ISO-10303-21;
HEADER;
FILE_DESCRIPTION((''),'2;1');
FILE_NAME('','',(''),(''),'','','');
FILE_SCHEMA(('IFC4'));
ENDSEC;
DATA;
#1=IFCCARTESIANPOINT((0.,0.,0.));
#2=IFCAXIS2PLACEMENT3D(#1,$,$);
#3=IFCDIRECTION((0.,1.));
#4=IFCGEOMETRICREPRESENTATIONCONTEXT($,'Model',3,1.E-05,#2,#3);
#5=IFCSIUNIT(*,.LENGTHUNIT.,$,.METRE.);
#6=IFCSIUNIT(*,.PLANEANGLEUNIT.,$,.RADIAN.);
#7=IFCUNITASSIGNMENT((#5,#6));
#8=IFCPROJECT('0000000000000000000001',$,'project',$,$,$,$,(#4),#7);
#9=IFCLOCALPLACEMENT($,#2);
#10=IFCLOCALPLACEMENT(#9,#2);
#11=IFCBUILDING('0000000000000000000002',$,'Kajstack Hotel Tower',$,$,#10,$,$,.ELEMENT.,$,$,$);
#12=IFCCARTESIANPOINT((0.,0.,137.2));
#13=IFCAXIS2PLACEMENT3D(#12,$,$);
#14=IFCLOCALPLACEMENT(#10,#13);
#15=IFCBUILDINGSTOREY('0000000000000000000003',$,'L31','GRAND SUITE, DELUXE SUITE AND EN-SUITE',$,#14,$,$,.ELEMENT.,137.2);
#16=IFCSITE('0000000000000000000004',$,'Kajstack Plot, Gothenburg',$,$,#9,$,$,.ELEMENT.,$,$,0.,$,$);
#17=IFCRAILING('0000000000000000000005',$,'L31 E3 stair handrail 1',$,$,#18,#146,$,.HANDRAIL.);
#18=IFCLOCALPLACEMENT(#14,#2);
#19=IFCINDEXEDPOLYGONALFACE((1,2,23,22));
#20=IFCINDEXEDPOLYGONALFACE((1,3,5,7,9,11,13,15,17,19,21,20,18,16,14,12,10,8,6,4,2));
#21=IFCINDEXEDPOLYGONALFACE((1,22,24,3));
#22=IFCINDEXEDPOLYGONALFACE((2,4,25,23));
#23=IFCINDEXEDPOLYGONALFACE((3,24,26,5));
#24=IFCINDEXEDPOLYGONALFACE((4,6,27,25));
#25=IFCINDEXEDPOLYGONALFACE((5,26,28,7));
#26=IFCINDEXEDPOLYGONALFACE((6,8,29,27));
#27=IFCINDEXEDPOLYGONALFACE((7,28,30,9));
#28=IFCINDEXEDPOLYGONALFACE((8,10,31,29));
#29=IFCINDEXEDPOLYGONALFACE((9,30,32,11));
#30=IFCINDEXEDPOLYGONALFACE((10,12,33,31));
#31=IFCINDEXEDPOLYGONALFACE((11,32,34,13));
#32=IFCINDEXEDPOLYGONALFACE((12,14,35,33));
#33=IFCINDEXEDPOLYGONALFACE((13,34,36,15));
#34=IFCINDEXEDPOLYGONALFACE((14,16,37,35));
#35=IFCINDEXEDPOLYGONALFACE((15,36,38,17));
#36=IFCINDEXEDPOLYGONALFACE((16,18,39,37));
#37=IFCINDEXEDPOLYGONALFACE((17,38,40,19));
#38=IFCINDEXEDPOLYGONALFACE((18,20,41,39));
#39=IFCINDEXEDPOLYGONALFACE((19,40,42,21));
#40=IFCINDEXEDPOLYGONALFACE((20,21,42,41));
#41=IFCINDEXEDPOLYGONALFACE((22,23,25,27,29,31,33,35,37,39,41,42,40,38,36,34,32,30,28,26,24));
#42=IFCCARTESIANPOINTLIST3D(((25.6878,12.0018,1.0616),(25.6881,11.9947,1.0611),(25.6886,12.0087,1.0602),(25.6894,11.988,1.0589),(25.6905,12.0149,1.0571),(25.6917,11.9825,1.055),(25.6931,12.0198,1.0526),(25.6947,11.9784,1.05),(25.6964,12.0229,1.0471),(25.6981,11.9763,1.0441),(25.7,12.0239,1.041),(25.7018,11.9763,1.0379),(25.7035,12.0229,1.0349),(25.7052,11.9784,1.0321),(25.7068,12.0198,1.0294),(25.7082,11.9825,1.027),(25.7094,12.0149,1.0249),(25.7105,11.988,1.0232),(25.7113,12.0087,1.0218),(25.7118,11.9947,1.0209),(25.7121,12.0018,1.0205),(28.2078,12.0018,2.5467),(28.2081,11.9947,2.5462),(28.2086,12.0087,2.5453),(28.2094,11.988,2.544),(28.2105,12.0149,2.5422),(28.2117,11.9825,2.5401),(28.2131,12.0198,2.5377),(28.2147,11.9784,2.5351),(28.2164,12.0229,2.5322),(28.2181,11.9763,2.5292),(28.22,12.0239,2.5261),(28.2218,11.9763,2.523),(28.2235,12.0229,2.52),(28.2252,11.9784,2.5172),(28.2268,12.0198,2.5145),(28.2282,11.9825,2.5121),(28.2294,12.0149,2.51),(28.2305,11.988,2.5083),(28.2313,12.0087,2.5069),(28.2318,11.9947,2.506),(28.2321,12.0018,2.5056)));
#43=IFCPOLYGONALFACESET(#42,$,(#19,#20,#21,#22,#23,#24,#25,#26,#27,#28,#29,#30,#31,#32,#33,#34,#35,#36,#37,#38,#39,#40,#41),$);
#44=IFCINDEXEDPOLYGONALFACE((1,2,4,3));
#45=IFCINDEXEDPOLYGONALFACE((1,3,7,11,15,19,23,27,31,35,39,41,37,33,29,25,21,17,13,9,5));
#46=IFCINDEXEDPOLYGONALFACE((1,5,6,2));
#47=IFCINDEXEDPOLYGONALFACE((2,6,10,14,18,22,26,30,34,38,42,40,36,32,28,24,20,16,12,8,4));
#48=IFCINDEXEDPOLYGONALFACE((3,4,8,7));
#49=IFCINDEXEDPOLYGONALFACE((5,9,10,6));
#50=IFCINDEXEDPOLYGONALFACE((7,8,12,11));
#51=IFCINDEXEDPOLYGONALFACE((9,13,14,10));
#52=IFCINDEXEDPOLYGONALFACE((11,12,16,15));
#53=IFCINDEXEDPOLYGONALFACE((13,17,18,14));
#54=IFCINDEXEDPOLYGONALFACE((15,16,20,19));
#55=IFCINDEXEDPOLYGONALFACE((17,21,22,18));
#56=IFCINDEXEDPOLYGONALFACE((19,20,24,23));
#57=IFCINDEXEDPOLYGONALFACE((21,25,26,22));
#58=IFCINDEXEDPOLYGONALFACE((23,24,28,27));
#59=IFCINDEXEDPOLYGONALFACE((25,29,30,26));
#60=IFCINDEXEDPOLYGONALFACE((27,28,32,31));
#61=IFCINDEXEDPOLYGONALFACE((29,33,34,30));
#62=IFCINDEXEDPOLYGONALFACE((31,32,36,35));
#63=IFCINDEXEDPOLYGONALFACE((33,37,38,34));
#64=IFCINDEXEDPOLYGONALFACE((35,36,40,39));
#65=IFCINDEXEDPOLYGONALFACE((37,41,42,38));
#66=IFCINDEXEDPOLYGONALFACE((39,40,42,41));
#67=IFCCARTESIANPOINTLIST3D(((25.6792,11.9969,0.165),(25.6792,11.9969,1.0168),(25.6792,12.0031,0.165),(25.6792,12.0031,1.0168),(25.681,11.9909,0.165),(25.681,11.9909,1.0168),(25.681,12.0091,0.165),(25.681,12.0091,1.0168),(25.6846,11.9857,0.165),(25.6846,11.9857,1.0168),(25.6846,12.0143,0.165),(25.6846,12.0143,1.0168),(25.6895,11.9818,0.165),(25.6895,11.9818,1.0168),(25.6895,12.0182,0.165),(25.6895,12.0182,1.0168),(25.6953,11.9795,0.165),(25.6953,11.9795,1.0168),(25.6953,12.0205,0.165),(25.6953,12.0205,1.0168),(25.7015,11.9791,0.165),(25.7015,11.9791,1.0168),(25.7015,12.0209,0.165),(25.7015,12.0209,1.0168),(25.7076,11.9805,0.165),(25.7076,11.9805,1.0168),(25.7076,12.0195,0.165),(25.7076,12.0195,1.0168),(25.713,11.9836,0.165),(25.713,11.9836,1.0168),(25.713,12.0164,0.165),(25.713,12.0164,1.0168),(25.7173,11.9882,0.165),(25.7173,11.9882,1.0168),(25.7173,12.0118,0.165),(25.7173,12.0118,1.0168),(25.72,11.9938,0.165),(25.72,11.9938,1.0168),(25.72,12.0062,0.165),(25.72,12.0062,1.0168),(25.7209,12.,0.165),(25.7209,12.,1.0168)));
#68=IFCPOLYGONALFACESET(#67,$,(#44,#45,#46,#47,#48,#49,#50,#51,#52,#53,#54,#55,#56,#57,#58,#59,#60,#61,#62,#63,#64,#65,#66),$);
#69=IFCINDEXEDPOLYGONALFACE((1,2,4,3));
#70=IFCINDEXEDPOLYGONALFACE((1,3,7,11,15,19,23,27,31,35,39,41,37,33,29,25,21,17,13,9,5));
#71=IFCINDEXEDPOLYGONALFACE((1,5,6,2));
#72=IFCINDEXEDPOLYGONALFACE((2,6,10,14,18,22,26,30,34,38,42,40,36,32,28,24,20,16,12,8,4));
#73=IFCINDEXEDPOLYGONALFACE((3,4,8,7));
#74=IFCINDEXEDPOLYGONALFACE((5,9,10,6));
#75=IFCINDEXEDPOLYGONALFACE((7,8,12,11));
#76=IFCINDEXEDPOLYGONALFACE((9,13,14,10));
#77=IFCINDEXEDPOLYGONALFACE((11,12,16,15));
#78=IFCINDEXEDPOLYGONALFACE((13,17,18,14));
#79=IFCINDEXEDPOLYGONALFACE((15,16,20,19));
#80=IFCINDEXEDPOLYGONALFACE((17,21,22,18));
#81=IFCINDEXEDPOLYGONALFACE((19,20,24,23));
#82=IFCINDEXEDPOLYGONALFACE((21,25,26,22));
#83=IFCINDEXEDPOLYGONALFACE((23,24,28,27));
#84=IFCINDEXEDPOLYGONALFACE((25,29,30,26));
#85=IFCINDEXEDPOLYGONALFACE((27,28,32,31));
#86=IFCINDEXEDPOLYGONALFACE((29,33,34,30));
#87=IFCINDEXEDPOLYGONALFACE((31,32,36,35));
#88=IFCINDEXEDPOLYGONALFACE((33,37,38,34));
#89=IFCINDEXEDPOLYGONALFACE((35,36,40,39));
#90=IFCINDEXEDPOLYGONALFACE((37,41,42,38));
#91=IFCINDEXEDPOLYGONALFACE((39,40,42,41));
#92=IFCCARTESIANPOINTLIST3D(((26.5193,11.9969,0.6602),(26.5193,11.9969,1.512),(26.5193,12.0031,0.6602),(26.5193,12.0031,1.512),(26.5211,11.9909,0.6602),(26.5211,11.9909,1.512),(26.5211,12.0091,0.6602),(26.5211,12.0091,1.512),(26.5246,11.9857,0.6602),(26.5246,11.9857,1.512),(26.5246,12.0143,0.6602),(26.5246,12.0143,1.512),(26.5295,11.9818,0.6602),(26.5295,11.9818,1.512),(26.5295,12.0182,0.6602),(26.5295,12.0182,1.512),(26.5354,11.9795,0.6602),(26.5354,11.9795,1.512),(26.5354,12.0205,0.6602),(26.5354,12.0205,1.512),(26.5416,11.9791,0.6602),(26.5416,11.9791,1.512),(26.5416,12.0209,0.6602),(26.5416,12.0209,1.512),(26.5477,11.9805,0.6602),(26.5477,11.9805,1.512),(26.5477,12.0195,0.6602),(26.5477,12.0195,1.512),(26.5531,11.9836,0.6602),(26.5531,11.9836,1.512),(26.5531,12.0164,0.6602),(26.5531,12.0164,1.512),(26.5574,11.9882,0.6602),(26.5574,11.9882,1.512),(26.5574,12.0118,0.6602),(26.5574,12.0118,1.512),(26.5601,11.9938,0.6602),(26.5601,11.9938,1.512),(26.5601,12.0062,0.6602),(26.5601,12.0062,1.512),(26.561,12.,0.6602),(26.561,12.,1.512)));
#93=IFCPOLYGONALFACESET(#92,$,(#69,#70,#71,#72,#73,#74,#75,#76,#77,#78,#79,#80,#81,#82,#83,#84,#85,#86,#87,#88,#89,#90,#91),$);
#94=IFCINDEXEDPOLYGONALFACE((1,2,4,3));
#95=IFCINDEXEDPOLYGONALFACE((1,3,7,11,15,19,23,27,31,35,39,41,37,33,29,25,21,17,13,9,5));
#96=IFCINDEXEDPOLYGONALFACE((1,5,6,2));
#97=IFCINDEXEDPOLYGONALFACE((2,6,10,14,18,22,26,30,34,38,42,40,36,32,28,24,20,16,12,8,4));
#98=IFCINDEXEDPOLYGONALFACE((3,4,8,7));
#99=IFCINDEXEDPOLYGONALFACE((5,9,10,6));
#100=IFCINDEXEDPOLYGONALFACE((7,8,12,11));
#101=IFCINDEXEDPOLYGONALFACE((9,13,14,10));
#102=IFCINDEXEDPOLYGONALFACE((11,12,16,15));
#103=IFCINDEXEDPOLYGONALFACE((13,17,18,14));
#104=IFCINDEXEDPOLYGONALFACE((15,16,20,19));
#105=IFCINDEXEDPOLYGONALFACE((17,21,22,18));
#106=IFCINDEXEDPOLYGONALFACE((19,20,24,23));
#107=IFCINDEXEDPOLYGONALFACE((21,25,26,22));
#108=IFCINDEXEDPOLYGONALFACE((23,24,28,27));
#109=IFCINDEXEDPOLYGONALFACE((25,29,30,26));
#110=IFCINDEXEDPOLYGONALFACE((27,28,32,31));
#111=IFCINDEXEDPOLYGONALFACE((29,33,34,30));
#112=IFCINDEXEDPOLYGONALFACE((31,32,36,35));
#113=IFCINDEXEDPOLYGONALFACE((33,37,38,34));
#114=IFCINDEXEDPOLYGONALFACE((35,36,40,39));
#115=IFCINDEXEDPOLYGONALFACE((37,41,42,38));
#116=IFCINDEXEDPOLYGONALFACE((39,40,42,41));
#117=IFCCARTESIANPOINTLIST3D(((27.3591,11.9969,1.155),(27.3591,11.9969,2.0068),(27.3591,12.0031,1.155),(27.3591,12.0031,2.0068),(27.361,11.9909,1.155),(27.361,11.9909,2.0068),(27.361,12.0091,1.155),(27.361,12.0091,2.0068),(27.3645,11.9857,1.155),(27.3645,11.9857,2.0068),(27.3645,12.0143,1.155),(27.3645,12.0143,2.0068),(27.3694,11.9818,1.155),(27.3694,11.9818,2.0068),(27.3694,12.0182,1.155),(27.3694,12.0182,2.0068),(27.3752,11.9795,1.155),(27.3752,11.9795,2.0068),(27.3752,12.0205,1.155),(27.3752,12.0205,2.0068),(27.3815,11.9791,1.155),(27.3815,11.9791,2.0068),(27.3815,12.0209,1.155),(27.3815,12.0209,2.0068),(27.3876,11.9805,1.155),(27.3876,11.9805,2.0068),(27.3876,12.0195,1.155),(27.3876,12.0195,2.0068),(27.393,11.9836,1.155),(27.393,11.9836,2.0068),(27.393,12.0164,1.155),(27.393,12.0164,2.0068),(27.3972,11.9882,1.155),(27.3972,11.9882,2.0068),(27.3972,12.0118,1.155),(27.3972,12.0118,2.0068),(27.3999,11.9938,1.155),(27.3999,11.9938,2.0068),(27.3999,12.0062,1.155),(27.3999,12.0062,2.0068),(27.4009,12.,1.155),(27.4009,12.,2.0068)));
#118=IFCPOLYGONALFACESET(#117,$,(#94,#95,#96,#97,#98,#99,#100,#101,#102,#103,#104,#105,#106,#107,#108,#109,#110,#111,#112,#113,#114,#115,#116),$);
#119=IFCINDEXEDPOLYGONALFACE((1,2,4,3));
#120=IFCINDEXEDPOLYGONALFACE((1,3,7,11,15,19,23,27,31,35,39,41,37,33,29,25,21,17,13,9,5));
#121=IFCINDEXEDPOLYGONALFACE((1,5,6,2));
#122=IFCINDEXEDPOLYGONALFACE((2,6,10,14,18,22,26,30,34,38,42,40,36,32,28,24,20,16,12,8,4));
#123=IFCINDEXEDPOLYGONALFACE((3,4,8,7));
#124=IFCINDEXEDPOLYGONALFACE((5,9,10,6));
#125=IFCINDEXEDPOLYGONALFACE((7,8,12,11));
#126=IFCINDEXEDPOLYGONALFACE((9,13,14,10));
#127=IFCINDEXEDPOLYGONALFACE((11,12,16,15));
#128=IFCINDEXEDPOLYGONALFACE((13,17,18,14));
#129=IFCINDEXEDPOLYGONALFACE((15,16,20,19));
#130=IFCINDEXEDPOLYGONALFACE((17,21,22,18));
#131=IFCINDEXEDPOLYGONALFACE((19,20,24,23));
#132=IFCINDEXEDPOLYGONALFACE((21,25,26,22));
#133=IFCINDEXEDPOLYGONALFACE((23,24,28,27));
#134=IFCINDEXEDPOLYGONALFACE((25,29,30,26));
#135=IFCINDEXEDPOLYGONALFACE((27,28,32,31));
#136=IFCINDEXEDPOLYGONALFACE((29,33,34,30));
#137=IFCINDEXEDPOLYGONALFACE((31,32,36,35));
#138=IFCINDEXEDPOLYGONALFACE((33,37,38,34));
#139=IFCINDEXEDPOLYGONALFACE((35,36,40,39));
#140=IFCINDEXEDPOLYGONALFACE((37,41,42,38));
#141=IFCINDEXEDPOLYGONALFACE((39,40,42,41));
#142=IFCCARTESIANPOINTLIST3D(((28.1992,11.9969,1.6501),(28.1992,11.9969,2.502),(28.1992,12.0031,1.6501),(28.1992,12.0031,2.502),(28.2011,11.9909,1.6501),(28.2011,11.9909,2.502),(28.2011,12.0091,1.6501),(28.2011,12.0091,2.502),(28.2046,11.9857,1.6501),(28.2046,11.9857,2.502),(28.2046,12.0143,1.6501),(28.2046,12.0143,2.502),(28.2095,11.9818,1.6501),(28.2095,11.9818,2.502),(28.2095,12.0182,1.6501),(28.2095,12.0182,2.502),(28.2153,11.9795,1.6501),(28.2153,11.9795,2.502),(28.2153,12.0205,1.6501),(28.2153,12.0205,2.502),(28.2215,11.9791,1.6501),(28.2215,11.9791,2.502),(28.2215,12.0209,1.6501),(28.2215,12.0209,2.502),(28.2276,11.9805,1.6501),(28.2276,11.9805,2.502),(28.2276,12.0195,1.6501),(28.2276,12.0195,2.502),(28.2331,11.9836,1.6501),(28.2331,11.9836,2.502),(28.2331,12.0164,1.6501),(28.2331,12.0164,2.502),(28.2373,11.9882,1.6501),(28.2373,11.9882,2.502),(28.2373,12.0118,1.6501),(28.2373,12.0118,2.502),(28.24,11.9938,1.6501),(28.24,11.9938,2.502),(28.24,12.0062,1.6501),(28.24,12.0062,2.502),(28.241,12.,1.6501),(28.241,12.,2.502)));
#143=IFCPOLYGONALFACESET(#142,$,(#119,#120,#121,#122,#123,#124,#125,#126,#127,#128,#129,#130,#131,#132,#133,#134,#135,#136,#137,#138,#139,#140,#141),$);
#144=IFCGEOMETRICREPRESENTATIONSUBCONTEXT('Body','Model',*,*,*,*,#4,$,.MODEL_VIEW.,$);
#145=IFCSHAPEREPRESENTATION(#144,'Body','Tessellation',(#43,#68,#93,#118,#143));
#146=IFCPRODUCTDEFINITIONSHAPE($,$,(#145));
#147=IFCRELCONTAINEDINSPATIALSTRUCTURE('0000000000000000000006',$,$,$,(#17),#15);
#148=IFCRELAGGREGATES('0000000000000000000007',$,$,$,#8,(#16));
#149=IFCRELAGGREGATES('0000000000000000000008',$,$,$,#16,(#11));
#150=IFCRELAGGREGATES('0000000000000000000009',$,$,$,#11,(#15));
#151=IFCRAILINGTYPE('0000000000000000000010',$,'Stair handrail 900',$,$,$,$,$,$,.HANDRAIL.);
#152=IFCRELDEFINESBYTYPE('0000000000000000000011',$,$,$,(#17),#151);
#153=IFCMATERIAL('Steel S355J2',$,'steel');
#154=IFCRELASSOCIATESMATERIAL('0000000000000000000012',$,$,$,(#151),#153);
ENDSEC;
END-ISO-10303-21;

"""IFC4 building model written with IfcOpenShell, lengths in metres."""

from ifc_helpers import new_model, si_unit, direction, frame, origin, origin_2d, place, context, subcontext, project, spatial, circle, extrude, material, type_object, element, save


model = new_model("IFC4")

# Units and contexts
model_context = context("Model", 3, precision=1e-05, world=origin(), true_north=direction((0.0, 1.0)))
body_context = subcontext(model_context, "Body", "Model", "MODEL_VIEW")
ifc_project = project(units=[si_unit("LENGTHUNIT", "METRE"), si_unit("PLANEANGLEUNIT", "RADIAN")], contexts=[model_context])

# Site, building, storey
site_placement = place(None, origin())
site = spatial("IfcSite", under=ifc_project, at=site_placement, Name="Kajstack Plot, Gothenburg", CompositionType="ELEMENT", RefElevation=0.0)
building_placement = place(site_placement, origin())
building = spatial("IfcBuilding", under=site, at=building_placement, Name="Kajstack Hotel Tower", CompositionType="ELEMENT")
storey_placement = place(building_placement, frame((0.0, 0.0, 137.2)))
storey = spatial("IfcBuildingStorey", under=building, at=storey_placement, Name="L31", Description="GRAND SUITE, DELUXE SUITE AND EN-SUITE", CompositionType="ELEMENT", Elevation=137.2)

# Railing
ifc_material_1 = material(Name="Steel S355J2", Category="steel")
railing_type_1 = type_object("IfcRailingType", Name="Stair handrail 900", PredefinedType="HANDRAIL", material=ifc_material_1)
railing_1_placement = place(storey_placement, frame((25.7, 12.0, 0.165)))
element("IfcRailing", 1, at=railing_1_placement, inside=storey, type_object=railing_type_1, Name="L31 E3 stair handrail 1", PredefinedType="HANDRAIL", context=body_context, shape_type="SweptSolid", body=[
    extrude(circle(Radius=0.0239, at=origin_2d()), frame((0.0, 0.0, 0.876), z_axis=(0.861524, 0.0, 0.507717), x_axis=(0.0, 1.0, 0.0)), (0.0, 0.0, 1.0), 2.925),
    extrude(circle(Radius=0.021, at=origin_2d()), origin(), (0.0, 0.0, 1.0), 0.8518),
    extrude(circle(Radius=0.021, at=origin_2d()), frame((0.8401, 0.0, 0.4951)), (0.0, 0.0, 1.0), 0.8518),
    extrude(circle(Radius=0.021, at=origin_2d()), frame((1.6799, 0.0, 0.99)), (0.0, 0.0, 1.0), 0.8518),
    extrude(circle(Radius=0.021, at=origin_2d()), frame((2.52, 0.0, 1.4851)), (0.0, 0.0, 1.0), 0.8518),
])

save(model, "model.ifc")
